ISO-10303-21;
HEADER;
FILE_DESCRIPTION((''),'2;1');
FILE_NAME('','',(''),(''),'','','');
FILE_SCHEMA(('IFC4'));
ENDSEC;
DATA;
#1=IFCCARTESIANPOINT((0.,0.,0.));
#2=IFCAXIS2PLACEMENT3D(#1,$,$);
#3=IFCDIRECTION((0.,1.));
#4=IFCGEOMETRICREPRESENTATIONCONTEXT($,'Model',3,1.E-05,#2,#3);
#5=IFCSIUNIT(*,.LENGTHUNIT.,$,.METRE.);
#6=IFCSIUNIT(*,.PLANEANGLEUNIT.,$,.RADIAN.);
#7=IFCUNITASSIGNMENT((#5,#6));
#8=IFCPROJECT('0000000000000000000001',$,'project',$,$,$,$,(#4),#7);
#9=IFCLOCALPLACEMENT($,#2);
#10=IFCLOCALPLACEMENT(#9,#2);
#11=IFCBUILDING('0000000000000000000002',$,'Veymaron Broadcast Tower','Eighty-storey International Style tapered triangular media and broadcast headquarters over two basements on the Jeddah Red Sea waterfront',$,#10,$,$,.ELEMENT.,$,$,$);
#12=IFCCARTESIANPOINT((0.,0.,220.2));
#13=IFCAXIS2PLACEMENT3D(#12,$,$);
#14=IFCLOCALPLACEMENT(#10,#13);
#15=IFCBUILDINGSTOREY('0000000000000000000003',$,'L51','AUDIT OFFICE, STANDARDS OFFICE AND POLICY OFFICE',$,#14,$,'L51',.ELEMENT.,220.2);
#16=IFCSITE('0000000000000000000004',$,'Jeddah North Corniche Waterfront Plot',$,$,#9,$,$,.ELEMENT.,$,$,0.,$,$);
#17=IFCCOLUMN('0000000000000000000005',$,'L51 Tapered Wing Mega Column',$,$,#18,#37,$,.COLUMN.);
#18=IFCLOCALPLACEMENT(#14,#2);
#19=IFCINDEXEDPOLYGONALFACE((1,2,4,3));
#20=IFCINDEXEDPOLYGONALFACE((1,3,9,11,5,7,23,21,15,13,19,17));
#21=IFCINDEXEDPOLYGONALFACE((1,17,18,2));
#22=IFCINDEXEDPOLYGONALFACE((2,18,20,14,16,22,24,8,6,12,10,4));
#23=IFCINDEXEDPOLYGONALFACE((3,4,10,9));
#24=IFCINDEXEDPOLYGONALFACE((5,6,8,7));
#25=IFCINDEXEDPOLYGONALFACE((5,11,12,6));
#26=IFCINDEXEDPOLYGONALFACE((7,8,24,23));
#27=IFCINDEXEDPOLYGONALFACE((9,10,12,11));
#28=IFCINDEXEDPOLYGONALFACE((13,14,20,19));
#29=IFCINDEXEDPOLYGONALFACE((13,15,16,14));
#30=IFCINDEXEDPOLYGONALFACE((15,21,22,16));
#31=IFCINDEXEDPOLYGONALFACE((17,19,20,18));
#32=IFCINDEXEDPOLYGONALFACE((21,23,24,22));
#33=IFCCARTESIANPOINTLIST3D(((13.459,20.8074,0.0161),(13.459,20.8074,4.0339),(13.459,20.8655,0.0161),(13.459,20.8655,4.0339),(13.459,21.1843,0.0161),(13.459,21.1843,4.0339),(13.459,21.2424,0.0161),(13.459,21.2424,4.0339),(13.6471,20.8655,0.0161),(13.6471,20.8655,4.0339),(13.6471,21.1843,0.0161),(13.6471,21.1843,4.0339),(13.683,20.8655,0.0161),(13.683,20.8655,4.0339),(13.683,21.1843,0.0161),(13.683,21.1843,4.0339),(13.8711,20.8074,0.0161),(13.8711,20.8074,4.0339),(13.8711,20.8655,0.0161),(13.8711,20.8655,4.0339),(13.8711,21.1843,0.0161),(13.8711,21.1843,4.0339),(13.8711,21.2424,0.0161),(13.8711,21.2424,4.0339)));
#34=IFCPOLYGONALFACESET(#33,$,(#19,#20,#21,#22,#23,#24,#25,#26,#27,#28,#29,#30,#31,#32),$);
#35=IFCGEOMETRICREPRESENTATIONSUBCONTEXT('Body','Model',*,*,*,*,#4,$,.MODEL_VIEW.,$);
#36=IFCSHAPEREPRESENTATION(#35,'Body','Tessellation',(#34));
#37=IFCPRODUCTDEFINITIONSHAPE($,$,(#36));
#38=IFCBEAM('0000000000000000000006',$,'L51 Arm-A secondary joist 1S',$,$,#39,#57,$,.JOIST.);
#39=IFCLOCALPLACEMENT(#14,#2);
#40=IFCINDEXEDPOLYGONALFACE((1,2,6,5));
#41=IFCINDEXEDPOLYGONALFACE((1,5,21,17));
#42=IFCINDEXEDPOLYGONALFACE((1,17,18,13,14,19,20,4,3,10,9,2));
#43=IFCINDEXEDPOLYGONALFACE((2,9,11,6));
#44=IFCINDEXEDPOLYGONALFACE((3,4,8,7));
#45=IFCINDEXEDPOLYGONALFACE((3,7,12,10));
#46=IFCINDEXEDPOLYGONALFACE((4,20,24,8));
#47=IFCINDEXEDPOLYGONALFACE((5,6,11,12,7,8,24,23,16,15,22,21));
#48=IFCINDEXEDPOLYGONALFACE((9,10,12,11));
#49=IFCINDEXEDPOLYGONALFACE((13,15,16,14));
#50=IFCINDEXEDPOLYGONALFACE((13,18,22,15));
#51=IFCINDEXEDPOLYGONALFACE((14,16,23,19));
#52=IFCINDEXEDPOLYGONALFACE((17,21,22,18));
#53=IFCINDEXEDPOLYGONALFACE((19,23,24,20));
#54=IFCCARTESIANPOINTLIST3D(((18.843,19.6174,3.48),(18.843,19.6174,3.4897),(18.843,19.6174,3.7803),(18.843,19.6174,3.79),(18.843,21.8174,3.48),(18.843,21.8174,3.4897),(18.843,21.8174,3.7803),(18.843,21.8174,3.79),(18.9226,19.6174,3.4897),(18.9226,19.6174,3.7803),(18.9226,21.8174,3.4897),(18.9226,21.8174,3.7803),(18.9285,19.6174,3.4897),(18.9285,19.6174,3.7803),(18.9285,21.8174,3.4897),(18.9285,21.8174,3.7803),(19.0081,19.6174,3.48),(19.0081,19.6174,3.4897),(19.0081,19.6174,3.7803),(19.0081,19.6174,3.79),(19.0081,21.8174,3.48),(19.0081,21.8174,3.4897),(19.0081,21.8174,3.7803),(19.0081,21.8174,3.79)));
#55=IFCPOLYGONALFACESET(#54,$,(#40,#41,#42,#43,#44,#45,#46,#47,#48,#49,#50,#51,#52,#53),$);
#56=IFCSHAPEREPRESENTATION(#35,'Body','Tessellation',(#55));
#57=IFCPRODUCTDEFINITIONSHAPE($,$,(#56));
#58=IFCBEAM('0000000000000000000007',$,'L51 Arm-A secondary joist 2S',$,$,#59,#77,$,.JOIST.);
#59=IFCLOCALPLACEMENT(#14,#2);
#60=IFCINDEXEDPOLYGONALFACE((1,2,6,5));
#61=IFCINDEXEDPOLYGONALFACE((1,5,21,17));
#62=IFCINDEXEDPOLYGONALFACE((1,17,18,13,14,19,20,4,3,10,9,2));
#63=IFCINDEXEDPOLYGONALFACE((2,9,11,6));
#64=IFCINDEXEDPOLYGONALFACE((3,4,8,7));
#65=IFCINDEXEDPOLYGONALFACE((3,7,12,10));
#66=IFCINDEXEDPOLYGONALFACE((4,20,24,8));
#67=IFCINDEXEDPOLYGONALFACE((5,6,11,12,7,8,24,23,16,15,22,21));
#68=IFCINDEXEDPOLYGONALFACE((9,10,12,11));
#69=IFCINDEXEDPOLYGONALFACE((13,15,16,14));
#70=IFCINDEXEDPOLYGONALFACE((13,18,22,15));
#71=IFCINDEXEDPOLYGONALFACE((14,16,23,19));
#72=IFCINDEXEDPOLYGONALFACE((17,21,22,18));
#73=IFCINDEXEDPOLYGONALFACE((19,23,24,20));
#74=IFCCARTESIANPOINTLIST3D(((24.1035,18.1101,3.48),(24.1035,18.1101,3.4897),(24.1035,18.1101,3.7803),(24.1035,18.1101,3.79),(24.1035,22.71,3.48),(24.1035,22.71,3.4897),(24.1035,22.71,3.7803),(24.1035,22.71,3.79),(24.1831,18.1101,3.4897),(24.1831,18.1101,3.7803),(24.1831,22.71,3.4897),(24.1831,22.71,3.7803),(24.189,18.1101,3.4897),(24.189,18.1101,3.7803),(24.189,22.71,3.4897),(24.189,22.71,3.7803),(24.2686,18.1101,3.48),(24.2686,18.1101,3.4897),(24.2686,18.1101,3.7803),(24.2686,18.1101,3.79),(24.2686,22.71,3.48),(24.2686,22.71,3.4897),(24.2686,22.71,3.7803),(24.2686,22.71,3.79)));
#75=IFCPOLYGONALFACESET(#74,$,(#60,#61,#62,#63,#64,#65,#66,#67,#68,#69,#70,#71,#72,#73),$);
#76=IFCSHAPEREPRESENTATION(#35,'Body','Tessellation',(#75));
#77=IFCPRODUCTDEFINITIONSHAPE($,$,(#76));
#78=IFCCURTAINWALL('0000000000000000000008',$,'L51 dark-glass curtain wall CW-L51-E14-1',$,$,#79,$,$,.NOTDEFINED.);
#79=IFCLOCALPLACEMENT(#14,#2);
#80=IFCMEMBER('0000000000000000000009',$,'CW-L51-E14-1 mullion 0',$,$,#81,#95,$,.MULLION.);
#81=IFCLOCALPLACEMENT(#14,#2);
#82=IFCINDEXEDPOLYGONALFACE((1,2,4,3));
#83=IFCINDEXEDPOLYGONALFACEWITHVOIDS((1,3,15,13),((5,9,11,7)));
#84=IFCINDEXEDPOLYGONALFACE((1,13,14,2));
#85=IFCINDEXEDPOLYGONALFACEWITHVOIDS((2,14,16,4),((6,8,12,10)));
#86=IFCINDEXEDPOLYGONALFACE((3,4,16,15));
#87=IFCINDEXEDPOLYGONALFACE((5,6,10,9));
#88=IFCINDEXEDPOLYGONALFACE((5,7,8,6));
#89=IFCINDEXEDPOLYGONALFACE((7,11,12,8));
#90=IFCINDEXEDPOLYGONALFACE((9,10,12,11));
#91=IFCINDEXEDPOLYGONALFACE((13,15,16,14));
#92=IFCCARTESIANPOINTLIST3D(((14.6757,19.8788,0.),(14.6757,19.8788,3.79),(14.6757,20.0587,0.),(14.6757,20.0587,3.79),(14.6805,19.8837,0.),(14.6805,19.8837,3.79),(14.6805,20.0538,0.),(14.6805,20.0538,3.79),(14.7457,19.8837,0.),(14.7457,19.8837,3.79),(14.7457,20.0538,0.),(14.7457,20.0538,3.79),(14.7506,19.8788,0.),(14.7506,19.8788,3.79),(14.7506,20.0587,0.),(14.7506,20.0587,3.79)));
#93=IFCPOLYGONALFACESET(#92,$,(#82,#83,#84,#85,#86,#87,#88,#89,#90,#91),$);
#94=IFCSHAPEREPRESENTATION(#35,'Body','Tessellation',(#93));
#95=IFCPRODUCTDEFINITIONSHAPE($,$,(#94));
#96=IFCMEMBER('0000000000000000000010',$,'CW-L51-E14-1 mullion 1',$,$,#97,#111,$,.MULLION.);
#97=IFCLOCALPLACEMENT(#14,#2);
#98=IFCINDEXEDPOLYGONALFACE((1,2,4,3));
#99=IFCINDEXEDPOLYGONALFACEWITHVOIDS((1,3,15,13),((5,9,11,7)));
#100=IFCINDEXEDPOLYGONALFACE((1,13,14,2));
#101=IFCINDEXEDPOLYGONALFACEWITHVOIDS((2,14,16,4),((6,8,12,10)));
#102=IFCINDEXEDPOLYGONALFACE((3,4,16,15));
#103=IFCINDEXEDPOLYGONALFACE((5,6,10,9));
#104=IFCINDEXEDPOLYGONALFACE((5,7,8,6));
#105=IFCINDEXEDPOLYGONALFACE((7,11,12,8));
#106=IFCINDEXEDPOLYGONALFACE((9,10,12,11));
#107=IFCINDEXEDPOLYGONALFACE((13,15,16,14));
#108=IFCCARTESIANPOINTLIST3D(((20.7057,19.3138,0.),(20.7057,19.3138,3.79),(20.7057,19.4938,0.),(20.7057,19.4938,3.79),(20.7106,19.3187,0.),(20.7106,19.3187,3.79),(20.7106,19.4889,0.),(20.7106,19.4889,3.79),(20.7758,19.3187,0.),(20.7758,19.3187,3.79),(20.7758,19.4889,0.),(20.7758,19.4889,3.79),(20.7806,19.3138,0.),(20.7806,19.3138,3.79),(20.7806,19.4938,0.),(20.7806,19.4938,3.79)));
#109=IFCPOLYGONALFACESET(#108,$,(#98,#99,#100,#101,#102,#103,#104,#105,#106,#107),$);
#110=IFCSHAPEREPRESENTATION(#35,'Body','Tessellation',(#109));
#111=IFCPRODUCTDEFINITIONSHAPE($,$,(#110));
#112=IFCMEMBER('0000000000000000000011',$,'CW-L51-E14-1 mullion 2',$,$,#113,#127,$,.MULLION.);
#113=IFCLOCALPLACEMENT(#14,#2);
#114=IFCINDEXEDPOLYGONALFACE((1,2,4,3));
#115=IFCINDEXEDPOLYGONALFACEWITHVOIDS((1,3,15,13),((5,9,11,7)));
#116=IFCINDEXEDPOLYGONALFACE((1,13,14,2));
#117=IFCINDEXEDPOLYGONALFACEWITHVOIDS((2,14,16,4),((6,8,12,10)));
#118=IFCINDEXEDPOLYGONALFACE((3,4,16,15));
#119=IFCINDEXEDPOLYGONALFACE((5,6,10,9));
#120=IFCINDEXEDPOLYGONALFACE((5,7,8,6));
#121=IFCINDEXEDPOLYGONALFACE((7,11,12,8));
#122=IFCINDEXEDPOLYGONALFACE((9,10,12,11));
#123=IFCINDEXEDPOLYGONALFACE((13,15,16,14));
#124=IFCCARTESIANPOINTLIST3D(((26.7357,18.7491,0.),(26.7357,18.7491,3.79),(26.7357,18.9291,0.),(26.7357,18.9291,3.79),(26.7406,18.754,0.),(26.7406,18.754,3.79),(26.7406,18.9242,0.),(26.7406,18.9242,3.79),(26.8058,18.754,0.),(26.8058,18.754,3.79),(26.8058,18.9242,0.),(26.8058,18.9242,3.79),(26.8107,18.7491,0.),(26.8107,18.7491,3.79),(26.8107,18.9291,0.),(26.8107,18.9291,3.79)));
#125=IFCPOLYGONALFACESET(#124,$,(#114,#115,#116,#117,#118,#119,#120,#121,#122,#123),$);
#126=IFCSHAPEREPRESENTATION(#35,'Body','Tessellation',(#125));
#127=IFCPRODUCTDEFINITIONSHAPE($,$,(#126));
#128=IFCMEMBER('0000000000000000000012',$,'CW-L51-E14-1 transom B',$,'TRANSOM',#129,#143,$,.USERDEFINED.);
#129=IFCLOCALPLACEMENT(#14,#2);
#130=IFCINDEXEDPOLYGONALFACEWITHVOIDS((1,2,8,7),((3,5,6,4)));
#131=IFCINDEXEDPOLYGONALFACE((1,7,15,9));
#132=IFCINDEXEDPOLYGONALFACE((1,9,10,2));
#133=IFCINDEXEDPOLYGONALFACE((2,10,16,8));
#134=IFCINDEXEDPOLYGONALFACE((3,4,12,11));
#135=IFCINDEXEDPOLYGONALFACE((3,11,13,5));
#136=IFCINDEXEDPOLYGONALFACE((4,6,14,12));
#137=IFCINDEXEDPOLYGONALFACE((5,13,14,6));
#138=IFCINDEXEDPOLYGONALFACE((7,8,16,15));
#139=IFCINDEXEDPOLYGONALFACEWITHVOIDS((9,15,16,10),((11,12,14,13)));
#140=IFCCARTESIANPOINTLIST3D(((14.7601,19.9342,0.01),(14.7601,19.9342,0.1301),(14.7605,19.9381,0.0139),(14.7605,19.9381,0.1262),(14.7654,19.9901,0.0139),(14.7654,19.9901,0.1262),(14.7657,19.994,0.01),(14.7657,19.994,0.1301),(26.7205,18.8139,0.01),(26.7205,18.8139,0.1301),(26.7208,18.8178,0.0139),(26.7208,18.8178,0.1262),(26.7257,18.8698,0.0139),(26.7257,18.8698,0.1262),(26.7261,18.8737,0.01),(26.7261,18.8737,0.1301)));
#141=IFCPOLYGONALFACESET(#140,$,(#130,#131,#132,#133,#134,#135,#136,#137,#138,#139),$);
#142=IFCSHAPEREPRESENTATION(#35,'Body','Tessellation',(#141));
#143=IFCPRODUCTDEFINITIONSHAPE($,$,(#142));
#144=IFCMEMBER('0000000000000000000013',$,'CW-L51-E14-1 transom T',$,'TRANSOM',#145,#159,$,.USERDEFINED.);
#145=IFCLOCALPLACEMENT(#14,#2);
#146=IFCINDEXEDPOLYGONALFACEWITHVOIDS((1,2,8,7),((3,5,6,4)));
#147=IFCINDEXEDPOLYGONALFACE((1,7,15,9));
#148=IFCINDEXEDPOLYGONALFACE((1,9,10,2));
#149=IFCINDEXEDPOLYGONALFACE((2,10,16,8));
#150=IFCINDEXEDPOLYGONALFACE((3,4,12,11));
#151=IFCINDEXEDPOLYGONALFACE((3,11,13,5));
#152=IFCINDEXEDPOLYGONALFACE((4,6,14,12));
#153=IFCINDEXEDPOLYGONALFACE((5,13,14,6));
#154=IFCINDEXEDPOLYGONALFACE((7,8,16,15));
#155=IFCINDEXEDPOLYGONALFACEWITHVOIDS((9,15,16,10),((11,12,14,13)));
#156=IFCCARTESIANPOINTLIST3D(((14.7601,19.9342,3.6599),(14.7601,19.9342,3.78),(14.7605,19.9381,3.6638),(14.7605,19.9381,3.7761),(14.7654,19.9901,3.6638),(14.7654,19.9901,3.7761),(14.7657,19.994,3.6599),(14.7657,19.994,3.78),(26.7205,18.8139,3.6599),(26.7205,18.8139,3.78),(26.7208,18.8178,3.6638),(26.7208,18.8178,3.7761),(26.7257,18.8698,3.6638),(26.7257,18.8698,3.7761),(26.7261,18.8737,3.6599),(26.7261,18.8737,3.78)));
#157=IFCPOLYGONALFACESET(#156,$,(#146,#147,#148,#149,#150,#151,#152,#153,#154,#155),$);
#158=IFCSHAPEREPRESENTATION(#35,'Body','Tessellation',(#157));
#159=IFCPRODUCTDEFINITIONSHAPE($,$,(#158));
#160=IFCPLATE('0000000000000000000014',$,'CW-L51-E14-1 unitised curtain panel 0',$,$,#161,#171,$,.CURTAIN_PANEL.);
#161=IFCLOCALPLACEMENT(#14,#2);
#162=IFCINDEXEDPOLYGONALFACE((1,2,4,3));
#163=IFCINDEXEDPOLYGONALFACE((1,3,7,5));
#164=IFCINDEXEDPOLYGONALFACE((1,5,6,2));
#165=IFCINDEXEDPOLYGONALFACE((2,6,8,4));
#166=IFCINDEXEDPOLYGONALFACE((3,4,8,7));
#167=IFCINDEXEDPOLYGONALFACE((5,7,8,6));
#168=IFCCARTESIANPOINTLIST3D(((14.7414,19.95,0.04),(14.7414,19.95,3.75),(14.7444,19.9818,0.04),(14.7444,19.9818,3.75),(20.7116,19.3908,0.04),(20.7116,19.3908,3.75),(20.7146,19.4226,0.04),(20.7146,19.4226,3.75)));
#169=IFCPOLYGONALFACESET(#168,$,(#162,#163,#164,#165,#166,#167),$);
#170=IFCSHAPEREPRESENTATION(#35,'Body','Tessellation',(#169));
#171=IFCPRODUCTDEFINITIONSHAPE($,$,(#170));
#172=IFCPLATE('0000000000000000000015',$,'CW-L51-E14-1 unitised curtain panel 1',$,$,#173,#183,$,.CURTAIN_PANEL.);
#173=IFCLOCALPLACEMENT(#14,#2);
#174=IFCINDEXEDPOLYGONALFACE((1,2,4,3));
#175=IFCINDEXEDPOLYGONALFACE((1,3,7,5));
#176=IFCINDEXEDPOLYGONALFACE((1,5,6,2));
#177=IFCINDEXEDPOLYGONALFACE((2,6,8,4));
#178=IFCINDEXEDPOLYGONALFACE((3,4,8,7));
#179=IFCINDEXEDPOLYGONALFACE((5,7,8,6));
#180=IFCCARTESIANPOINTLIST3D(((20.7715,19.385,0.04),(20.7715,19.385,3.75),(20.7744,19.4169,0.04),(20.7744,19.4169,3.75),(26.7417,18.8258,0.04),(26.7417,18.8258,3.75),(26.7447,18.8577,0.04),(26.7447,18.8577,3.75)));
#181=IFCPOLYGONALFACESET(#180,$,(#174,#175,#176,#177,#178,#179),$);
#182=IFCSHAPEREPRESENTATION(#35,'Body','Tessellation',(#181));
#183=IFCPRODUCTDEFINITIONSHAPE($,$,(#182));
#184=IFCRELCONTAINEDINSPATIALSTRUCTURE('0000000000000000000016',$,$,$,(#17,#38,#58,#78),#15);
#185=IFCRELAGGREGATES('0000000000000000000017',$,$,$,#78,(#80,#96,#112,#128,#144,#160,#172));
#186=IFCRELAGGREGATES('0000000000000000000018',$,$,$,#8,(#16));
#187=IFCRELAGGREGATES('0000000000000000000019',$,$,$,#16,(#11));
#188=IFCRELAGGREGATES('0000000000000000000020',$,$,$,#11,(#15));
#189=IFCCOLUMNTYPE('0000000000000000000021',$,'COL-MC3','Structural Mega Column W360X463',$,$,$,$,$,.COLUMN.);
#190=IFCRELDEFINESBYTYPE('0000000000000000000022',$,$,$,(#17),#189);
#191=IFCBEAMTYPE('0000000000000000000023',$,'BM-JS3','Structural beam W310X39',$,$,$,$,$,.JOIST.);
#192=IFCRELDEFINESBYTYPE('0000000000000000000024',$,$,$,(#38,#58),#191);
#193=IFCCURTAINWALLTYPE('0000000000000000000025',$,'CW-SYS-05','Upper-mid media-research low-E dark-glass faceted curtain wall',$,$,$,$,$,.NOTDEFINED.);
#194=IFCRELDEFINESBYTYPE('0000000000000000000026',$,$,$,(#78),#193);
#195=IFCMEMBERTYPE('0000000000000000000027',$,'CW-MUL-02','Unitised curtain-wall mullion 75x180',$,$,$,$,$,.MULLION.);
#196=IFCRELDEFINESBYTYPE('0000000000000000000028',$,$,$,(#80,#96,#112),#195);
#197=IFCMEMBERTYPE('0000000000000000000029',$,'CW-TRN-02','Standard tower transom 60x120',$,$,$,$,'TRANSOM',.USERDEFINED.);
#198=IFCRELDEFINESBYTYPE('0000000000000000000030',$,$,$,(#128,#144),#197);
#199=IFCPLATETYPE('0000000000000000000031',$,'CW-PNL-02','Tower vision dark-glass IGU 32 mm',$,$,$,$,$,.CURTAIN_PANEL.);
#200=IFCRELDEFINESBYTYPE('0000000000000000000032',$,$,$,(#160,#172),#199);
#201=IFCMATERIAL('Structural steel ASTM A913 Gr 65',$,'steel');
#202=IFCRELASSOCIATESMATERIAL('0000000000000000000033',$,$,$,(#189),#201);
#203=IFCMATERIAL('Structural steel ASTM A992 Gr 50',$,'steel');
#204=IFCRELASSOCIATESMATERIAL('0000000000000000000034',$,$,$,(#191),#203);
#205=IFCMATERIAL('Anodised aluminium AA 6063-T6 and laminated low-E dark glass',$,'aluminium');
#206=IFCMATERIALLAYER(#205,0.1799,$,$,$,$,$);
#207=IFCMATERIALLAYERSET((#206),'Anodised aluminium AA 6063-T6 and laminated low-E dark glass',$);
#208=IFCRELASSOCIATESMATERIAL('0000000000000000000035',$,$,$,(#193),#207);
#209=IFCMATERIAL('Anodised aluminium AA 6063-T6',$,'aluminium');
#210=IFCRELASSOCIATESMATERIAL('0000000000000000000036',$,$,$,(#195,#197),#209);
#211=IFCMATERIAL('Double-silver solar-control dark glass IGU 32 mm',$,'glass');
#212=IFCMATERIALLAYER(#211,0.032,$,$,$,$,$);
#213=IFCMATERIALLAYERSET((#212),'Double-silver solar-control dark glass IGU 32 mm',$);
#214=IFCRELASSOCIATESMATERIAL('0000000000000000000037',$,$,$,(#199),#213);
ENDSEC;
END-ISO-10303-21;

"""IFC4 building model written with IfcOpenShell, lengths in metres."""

from ifc_helpers import new_model, si_unit, direction, frame, origin, origin_2d, place, context, subcontext, project, spatial, rectangle, hollow_rectangle, i_section, extrude, material, layer, layer_set, material_profile, profile_set, type_object, element, aggregate, save


model = new_model("IFC4")

# Units and contexts
model_context = context("Model", 3, precision=1e-05, world=origin(), true_north=direction((0.0, 1.0)))
body_context = subcontext(model_context, "Body", "Model", "MODEL_VIEW")
ifc_project = project(units=[si_unit("LENGTHUNIT", "METRE"), si_unit("PLANEANGLEUNIT", "RADIAN")], contexts=[model_context])

# Site, building, storey
site_placement = place(None, origin())
site = spatial("IfcSite", under=ifc_project, at=site_placement, Name="Jeddah North Corniche Waterfront Plot", CompositionType="ELEMENT", RefElevation=0.0)
building_placement = place(site_placement, origin())
building = spatial("IfcBuilding", under=site, at=building_placement, Name="Veymaron Broadcast Tower", Description="Eighty-storey International Style tapered triangular media and broadcast headquarters over two basements on the Jeddah Red Sea waterfront", CompositionType="ELEMENT")
storey_placement = place(building_placement, frame((0.0, 0.0, 220.2)))
storey = spatial("IfcBuildingStorey", under=building, at=storey_placement, Name="L51", Description="AUDIT OFFICE, STANDARDS OFFICE AND POLICY OFFICE", LongName="L51", CompositionType="ELEMENT", Elevation=220.2)

# Column
ifc_material_1 = material(Name="Structural steel ASTM A913 Gr 65", Category="steel")
ifc_material_profile_1 = material_profile(ifc_material_1, i_section(OverallWidth=0.4121, OverallDepth=0.4351, WebThickness=0.0359, FlangeThickness=0.0581, at=origin_2d()), Name="W360X463")
ifc_profile_set_1 = profile_set([ifc_material_profile_1], Name="Structural steel ASTM A913 Gr 65")
column_type = type_object("IfcColumnType", Name="COL-MC3", Description="Structural Mega Column W360X463", PredefinedType="COLUMN", material=ifc_profile_set_1)
column_placement = place(storey_placement, frame((13.665, 21.0249, 0.0161), z_axis=(0.0, 0.0, 1.0), x_axis=(1.0, 0.0, 0.0)))
element("IfcColumn", 1, at=column_placement, inside=storey, type_object=column_type, Name="L51 Tapered Wing Mega Column", PredefinedType="COLUMN", context=body_context, shape_type="SweptSolid", body=[
    extrude(i_section(OverallWidth=0.4121, OverallDepth=0.4351, WebThickness=0.0359, FlangeThickness=0.0581, at=origin_2d()), origin(), (0.0, 0.0, 1.0), 4.0178),
])

# Beams
ifc_material_2 = material(Name="Structural steel ASTM A992 Gr 50", Category="steel")
ifc_material_profile_2 = material_profile(ifc_material_2, i_section(OverallWidth=0.165, OverallDepth=0.3101, WebThickness=0.0059, FlangeThickness=0.0098, at=origin_2d()), Name="W310X39")
ifc_profile_set_2 = profile_set([ifc_material_profile_2], Name="Structural steel ASTM A992 Gr 50")
beam_type = type_object("IfcBeamType", Name="BM-JS3", Description="Structural beam W310X39", PredefinedType="JOIST", material=ifc_profile_set_2)
beam_1_placement = place(storey_placement, frame((18.9255, 19.6174, 3.635), z_axis=(0.0, 1.0, 0.0), x_axis=(-1.0, 0.0, 0.0)))
element("IfcBeam", 2, at=beam_1_placement, inside=storey, type_object=beam_type, Name="L51 Arm-A secondary joist 1S", PredefinedType="JOIST", context=body_context, shape_type="SweptSolid", body=[
    extrude(i_section(OverallWidth=0.165, OverallDepth=0.3101, WebThickness=0.0059, FlangeThickness=0.0098, at=origin_2d()), origin(), (0.0, 0.0, 1.0), 2.2),
])
beam_2_placement = place(storey_placement, frame((24.186, 18.1101, 3.635), z_axis=(0.0, 1.0, 0.0), x_axis=(-1.0, 0.0, 0.0)))
element("IfcBeam", 3, at=beam_2_placement, inside=storey, type_object=beam_type, Name="L51 Arm-A secondary joist 2S", PredefinedType="JOIST", context=body_context, shape_type="SweptSolid", body=[
    extrude(i_section(OverallWidth=0.165, OverallDepth=0.3101, WebThickness=0.0059, FlangeThickness=0.0098, at=origin_2d()), origin(), (0.0, 0.0, 1.0), 4.5999),
])

# Curtain wall, members, plates
ifc_material_3 = material(Name="Anodised aluminium AA 6063-T6 and laminated low-E dark glass", Category="aluminium")
ifc_layer_1 = layer(ifc_material_3, 0.1799)
ifc_layer_set_1 = layer_set([ifc_layer_1], Name="Anodised aluminium AA 6063-T6 and laminated low-E dark glass")
curtain_wall_type = type_object("IfcCurtainWallType", Name="CW-SYS-05", Description="Upper-mid media-research low-E dark-glass faceted curtain wall", PredefinedType="NOTDEFINED", material=ifc_layer_set_1)
curtain_wall_placement = place(storey_placement, origin())
curtain_wall = element("IfcCurtainWall", 4, at=curtain_wall_placement, inside=storey, type_object=curtain_wall_type, Name="L51 dark-glass curtain wall CW-L51-E14-1", PredefinedType="NOTDEFINED")
ifc_material_4 = material(Name="Anodised aluminium AA 6063-T6", Category="aluminium")
ifc_material_profile_3 = material_profile(ifc_material_4, hollow_rectangle(XDim=0.075, YDim=0.1799, WallThickness=0.0049, at=origin_2d()), Name="AL180X75X5")
ifc_profile_set_3 = profile_set([ifc_material_profile_3], Name="Anodised aluminium AA 6063-T6")
member_type_1 = type_object("IfcMemberType", Name="CW-MUL-02", Description="Unitised curtain-wall mullion 75x180", PredefinedType="MULLION", material=ifc_profile_set_3)
member_1_placement = place(storey_placement, frame((14.7131, 19.9688, 0.0), z_axis=(0.0, 0.0, 1.0), x_axis=(1.0, 0.0, 0.0)))
member_1 = element("IfcMember", 5, at=member_1_placement, type_object=member_type_1, Name="CW-L51-E14-1 mullion 0", PredefinedType="MULLION", context=body_context, shape_type="SweptSolid", body=[
    extrude(hollow_rectangle(XDim=0.075, YDim=0.1799, WallThickness=0.0049, at=origin_2d()), origin(), (0.0, 0.0, 1.0), 3.79),
])
member_2_placement = place(storey_placement, frame((20.7432, 19.4038, 0.0), z_axis=(0.0, 0.0, 1.0), x_axis=(1.0, 0.0, 0.0)))
member_2 = element("IfcMember", 6, at=member_2_placement, type_object=member_type_1, Name="CW-L51-E14-1 mullion 1", PredefinedType="MULLION", context=body_context, shape_type="SweptSolid", body=[
    extrude(hollow_rectangle(XDim=0.075, YDim=0.1799, WallThickness=0.0049, at=origin_2d()), origin(), (0.0, 0.0, 1.0), 3.79),
])
member_3_placement = place(storey_placement, frame((26.7732, 18.8391, 0.0), z_axis=(0.0, 0.0, 1.0), x_axis=(1.0, 0.0, 0.0)))
member_3 = element("IfcMember", 7, at=member_3_placement, type_object=member_type_1, Name="CW-L51-E14-1 mullion 2", PredefinedType="MULLION", context=body_context, shape_type="SweptSolid", body=[
    extrude(hollow_rectangle(XDim=0.075, YDim=0.1799, WallThickness=0.0049, at=origin_2d()), origin(), (0.0, 0.0, 1.0), 3.79),
])
ifc_material_profile_4 = material_profile(ifc_material_4, hollow_rectangle(XDim=0.0601, YDim=0.1201, WallThickness=0.0039, at=origin_2d()), Name="AL120X60X4")
ifc_profile_set_4 = profile_set([ifc_material_profile_4], Name="Anodised aluminium AA 6063-T6")
member_type_2 = type_object("IfcMemberType", Name="CW-TRN-02", Description="Standard tower transom 60x120", ElementType="TRANSOM", PredefinedType="USERDEFINED", material=ifc_profile_set_4)
member_4_placement = place(storey_placement, frame((14.7629, 19.9641, 0.0701), z_axis=(0.995641, -0.093264, 0.0), x_axis=(0.093264, 0.995641, 0.0)))
member_4 = element("IfcMember", 8, at=member_4_placement, type_object=member_type_2, Name="CW-L51-E14-1 transom B", ObjectType="TRANSOM", PredefinedType="USERDEFINED", context=body_context, shape_type="SweptSolid", body=[
    extrude(hollow_rectangle(XDim=0.0601, YDim=0.1201, WallThickness=0.0039, at=origin_2d()), origin(), (0.0, 0.0, 1.0), 12.0127),
])
member_5_placement = place(storey_placement, frame((14.7629, 19.9641, 3.72), z_axis=(0.995641, -0.093264, 0.0), x_axis=(0.093264, 0.995641, 0.0)))
member_5 = element("IfcMember", 9, at=member_5_placement, type_object=member_type_2, Name="CW-L51-E14-1 transom T", ObjectType="TRANSOM", PredefinedType="USERDEFINED", context=body_context, shape_type="SweptSolid", body=[
    extrude(hollow_rectangle(XDim=0.0601, YDim=0.1201, WallThickness=0.0039, at=origin_2d()), origin(), (0.0, 0.0, 1.0), 12.0127),
])
ifc_material_5 = material(Name="Double-silver solar-control dark glass IGU 32 mm", Category="glass")
ifc_layer_2 = layer(ifc_material_5, 0.032)
ifc_layer_set_2 = layer_set([ifc_layer_2], Name="Double-silver solar-control dark glass IGU 32 mm")
plate_type_1 = type_object("IfcPlateType", Name="CW-PNL-02", Description="Tower vision dark-glass IGU 32 mm", PredefinedType="CURTAIN_PANEL", material=ifc_layer_set_2)
plate_1_placement = place(storey_placement, frame((17.728, 19.6863, 0.04), z_axis=(0.0, 0.0, 1.0), x_axis=(0.995642, -0.093257, 0.0)))
plate_1 = element("IfcPlate", 10, at=plate_1_placement, type_object=plate_type_1, Name="CW-L51-E14-1 unitised curtain panel 0", PredefinedType="CURTAIN_PANEL", context=body_context, shape_type="SweptSolid", body=[
    extrude(rectangle(XDim=5.9963, YDim=0.032, at=origin_2d()), origin(), (0.0, 0.0, 1.0), 3.71),
])
plate_2_placement = place(storey_placement, frame((23.7581, 19.1213, 0.04), z_axis=(0.0, 0.0, 1.0), x_axis=(0.995642, -0.093257, 0.0)))
plate_2 = element("IfcPlate", 11, at=plate_2_placement, type_object=plate_type_1, Name="CW-L51-E14-1 unitised curtain panel 1", PredefinedType="CURTAIN_PANEL", context=body_context, shape_type="SweptSolid", body=[
    extrude(rectangle(XDim=5.9963, YDim=0.032, at=origin_2d()), origin(), (0.0, 0.0, 1.0), 3.71),
])
aggregate(curtain_wall, [member_1, member_2, member_3, member_4, member_5, plate_1, plate_2])

save(model, "model.ifc")
